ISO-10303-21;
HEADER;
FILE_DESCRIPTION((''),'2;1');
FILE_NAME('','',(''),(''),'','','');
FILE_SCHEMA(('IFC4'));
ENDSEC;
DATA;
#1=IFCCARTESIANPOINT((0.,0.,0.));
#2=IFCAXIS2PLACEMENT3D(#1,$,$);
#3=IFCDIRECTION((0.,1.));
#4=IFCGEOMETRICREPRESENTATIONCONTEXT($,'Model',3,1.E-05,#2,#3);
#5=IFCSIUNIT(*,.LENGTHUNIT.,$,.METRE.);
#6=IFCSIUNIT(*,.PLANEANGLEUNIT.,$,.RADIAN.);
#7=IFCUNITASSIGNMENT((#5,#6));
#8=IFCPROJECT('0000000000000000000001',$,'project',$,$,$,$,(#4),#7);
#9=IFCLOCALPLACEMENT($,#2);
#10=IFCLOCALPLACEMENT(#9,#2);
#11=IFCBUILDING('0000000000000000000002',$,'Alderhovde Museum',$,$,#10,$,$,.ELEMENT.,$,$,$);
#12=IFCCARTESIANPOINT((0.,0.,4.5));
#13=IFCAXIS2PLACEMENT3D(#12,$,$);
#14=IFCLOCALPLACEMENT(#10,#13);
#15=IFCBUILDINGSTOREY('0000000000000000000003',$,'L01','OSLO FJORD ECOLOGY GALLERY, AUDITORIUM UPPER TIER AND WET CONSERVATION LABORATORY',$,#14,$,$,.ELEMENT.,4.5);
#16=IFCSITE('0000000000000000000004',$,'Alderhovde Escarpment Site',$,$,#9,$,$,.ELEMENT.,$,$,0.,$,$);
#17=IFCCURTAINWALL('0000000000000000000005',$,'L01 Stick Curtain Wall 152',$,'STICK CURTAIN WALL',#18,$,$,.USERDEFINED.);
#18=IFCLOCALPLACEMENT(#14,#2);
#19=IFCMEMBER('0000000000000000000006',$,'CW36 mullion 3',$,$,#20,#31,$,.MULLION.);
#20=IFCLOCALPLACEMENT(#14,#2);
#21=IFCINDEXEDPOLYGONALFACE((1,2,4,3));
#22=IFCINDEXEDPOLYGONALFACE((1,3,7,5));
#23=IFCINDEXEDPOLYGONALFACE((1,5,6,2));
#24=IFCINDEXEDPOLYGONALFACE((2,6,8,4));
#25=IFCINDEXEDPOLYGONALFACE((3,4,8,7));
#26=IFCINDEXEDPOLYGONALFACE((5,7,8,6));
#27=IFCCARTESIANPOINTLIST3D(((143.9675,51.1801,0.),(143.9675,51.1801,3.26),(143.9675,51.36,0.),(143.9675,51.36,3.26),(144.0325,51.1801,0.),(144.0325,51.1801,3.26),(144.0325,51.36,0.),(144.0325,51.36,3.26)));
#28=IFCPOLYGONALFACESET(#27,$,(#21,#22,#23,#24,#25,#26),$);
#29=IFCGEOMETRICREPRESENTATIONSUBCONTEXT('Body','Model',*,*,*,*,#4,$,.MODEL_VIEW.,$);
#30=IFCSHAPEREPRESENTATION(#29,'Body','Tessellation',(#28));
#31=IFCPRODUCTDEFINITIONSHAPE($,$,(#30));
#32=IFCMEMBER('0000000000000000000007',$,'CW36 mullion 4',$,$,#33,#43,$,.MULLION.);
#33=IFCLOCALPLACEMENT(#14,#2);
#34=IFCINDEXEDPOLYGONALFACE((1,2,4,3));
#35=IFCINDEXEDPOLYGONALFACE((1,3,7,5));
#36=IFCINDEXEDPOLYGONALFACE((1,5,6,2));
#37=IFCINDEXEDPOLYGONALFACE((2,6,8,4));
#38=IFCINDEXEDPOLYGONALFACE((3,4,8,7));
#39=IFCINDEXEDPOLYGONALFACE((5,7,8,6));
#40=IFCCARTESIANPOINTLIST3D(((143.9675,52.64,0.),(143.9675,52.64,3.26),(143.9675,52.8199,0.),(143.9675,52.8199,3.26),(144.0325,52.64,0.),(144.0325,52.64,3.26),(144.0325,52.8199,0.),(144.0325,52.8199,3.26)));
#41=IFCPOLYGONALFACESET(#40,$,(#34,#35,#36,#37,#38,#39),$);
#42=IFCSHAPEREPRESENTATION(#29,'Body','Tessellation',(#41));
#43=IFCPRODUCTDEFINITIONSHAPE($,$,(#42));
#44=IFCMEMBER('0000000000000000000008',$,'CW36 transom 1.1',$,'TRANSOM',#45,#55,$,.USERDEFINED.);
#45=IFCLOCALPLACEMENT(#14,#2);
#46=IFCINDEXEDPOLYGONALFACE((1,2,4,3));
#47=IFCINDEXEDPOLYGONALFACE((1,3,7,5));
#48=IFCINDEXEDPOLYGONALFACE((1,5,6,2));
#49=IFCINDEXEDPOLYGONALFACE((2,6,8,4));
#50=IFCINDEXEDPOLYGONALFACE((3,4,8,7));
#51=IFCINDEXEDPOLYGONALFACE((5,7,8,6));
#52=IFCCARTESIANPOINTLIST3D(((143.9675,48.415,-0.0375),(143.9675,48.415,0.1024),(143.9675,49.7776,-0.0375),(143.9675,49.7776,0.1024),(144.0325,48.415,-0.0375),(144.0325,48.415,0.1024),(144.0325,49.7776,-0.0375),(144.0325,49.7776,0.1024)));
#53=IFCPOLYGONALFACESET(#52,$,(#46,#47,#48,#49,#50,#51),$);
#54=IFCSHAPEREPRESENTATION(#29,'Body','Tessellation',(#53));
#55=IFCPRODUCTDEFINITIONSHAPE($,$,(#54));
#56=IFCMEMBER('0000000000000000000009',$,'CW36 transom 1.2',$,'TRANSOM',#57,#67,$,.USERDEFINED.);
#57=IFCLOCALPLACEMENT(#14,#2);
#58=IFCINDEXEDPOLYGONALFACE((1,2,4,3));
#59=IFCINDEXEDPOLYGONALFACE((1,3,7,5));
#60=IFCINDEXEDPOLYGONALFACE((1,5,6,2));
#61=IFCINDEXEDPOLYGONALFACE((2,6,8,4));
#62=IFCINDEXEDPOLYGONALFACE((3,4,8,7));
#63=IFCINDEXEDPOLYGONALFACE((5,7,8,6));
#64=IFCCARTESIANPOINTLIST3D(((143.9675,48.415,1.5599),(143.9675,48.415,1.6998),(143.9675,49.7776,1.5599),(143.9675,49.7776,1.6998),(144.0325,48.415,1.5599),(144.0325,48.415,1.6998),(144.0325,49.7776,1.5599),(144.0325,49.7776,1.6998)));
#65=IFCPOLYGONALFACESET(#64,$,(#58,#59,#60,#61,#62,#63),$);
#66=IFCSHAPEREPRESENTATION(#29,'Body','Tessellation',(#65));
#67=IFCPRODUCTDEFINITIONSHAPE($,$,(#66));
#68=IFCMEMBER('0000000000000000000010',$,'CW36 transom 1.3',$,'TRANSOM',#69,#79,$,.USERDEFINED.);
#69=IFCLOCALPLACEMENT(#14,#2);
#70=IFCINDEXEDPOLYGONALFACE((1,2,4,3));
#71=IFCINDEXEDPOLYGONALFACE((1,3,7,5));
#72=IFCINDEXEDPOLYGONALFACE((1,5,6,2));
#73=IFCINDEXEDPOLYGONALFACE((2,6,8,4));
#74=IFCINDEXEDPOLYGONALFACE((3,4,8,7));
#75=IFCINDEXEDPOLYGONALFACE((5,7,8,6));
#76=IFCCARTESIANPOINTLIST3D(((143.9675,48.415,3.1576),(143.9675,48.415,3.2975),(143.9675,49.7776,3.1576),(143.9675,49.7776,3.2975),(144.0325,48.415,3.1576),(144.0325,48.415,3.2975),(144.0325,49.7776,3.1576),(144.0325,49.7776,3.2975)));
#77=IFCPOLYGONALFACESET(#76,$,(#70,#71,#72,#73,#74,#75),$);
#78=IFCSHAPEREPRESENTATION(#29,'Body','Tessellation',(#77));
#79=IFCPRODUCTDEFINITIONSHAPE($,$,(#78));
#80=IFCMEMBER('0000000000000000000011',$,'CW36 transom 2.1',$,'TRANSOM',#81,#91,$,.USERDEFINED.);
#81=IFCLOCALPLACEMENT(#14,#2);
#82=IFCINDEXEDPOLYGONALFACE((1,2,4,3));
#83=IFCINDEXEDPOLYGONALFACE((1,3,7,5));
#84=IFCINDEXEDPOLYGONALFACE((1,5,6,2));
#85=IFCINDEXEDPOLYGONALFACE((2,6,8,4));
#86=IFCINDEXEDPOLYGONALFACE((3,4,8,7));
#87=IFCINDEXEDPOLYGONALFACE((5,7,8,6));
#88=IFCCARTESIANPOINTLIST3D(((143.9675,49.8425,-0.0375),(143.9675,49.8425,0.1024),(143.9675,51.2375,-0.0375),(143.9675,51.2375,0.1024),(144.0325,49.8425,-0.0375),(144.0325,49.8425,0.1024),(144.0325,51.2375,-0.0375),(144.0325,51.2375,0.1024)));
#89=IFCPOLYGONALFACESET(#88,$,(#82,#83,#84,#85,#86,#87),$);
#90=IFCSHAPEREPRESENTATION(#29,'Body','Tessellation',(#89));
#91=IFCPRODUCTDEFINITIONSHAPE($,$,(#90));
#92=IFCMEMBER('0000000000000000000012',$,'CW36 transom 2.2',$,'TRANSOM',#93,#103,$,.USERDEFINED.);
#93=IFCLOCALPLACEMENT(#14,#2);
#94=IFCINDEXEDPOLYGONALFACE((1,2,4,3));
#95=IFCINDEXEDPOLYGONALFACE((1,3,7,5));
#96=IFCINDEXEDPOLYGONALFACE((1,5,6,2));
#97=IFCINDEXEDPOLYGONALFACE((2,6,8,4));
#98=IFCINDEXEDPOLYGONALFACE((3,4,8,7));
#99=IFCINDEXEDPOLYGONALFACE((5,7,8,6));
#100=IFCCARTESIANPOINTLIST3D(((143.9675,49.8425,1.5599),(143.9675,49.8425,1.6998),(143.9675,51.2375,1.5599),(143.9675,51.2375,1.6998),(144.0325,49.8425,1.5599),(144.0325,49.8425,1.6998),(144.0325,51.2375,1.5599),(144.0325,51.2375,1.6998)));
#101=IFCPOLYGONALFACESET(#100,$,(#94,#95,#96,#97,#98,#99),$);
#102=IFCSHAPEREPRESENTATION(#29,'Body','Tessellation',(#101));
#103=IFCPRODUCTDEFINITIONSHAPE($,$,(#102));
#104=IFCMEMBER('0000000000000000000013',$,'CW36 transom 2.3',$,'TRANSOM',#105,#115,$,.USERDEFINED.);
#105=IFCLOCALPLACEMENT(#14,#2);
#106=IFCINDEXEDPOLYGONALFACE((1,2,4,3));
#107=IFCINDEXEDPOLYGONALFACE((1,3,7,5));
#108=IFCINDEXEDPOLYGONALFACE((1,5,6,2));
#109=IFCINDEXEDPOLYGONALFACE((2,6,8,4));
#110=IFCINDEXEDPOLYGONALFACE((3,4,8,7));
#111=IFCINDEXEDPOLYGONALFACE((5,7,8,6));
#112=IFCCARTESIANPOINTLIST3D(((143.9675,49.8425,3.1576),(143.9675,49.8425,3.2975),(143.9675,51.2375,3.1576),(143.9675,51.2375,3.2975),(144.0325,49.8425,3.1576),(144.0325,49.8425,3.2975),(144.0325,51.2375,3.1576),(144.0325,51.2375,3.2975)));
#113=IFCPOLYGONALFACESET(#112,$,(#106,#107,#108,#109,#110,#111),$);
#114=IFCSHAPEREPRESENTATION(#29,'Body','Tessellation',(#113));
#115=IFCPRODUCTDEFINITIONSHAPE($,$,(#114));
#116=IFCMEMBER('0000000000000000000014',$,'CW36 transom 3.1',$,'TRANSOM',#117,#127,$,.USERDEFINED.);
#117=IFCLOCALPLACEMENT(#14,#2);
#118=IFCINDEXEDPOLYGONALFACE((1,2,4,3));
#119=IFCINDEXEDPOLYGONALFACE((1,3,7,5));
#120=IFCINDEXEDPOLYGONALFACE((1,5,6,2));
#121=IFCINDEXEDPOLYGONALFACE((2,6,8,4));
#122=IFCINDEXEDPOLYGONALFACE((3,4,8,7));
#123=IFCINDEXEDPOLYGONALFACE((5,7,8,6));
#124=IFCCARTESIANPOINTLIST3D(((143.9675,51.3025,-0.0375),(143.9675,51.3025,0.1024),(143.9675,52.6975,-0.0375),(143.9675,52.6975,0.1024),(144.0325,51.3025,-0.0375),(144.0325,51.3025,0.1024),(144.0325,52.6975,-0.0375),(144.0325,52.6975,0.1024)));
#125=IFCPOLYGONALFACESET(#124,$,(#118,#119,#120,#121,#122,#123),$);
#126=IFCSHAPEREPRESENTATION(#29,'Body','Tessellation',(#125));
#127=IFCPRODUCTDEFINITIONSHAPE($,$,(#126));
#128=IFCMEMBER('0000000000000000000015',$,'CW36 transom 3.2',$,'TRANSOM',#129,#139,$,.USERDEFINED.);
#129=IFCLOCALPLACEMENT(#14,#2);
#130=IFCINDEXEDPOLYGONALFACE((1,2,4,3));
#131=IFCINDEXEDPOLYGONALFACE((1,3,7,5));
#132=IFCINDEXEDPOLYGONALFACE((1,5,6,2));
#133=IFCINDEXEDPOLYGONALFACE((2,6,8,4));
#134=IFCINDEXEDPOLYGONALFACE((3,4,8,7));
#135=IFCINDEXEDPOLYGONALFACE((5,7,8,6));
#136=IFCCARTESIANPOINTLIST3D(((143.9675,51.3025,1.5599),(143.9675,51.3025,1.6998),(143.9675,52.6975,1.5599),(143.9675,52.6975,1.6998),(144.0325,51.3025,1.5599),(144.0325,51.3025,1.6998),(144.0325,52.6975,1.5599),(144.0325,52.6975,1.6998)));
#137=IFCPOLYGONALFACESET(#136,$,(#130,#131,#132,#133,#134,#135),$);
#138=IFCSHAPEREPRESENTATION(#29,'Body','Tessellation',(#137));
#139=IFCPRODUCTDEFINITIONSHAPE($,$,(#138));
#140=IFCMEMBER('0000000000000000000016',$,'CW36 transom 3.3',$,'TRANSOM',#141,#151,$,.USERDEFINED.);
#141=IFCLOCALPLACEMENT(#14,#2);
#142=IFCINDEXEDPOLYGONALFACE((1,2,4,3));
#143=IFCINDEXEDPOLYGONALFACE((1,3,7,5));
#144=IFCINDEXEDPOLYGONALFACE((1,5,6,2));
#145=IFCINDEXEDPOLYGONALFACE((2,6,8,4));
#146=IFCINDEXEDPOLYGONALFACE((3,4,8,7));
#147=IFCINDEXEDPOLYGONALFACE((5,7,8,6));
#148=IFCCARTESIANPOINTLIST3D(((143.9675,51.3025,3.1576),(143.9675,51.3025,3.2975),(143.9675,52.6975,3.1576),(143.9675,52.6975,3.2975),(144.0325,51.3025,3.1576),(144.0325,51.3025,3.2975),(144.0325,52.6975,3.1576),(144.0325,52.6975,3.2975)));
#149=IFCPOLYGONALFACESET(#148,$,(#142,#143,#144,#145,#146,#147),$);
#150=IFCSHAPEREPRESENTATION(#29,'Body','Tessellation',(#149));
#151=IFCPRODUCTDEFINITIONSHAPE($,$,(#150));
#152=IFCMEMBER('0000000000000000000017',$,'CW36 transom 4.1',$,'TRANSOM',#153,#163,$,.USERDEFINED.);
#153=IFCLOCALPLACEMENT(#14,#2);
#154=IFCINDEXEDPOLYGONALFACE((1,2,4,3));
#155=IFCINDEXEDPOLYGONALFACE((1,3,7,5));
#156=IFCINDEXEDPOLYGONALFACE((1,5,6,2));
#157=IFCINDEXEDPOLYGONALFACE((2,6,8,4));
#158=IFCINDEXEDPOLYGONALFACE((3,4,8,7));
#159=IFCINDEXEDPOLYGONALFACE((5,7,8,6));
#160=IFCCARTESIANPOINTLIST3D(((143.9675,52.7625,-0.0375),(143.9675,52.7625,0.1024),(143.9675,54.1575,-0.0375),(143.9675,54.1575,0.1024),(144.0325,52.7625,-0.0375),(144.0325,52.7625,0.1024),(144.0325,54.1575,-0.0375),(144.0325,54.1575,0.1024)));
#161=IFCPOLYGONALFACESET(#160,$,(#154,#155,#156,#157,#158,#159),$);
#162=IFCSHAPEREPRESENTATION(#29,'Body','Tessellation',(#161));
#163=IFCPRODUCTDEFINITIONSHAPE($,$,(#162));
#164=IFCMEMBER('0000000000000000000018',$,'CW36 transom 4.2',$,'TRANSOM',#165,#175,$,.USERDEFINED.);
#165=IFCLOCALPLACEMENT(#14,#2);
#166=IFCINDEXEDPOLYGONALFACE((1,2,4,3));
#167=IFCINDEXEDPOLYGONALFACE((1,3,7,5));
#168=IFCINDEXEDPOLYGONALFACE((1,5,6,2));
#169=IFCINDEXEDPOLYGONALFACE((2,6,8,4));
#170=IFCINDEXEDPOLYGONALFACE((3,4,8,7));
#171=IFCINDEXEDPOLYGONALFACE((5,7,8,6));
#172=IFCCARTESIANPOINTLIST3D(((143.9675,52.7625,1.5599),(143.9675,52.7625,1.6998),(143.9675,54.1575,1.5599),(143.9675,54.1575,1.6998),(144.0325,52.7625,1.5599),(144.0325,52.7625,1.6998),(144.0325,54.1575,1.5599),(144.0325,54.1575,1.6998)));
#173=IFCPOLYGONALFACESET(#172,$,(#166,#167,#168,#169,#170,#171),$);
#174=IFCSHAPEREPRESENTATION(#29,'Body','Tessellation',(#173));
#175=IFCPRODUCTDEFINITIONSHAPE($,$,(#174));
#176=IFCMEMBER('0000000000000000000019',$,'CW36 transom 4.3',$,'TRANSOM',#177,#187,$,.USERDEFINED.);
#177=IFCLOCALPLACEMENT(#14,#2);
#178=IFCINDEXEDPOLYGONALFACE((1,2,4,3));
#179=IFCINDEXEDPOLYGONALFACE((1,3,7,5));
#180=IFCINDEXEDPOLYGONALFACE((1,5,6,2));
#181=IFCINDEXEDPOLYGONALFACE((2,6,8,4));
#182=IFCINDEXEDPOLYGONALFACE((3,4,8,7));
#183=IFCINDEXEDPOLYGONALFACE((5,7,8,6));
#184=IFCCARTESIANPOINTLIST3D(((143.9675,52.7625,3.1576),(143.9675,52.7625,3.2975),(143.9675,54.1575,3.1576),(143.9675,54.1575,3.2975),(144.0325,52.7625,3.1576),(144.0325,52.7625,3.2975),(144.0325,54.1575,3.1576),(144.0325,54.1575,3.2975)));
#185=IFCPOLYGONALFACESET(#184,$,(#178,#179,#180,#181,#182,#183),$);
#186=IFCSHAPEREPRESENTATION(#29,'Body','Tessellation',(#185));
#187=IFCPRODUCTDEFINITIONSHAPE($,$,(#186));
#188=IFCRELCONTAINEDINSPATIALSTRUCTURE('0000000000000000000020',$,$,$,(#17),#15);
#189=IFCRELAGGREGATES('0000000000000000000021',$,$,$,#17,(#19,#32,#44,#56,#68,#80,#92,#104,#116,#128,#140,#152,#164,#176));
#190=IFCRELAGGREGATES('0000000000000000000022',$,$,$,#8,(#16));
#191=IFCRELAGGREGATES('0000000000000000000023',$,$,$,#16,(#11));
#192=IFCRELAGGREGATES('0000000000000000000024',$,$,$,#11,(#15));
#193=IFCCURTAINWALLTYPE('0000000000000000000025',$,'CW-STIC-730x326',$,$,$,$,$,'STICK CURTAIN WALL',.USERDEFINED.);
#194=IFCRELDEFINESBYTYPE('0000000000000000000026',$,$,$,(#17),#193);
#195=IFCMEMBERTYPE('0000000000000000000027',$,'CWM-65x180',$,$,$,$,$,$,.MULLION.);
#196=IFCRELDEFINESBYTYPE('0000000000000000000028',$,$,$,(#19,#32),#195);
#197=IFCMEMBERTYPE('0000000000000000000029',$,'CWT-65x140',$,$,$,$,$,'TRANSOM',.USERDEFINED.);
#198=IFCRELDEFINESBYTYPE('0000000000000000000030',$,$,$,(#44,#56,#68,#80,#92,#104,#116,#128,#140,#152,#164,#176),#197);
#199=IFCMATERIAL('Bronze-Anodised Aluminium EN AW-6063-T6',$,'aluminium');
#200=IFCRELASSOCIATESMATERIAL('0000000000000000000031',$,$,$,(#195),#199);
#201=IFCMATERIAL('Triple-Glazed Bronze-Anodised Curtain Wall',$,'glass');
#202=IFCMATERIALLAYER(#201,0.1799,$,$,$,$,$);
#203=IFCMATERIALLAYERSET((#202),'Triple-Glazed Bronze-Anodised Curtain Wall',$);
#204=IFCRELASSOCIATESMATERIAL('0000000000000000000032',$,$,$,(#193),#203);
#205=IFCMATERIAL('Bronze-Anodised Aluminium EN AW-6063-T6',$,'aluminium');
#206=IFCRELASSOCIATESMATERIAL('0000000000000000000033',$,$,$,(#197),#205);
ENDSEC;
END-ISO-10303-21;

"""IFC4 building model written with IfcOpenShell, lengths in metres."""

from ifc_helpers import new_model, si_unit, direction, frame, origin, origin_2d, place, context, subcontext, project, spatial, rectangle, extrude, material, layer, layer_set, material_profile, profile_set, type_object, element, aggregate, save


model = new_model("IFC4")

# Units and contexts
model_context = context("Model", 3, precision=1e-05, world=origin(), true_north=direction((0.0, 1.0)))
body_context = subcontext(model_context, "Body", "Model", "MODEL_VIEW")
ifc_project = project(units=[si_unit("LENGTHUNIT", "METRE"), si_unit("PLANEANGLEUNIT", "RADIAN")], contexts=[model_context])

# Site, building, storey
site_placement = place(None, origin())
site = spatial("IfcSite", under=ifc_project, at=site_placement, Name="Alderhovde Escarpment Site", CompositionType="ELEMENT", RefElevation=0.0)
building_placement = place(site_placement, origin())
building = spatial("IfcBuilding", under=site, at=building_placement, Name="Alderhovde Museum", CompositionType="ELEMENT")
storey_placement = place(building_placement, frame((0.0, 0.0, 4.5)))
storey = spatial("IfcBuildingStorey", under=building, at=storey_placement, Name="L01", Description="OSLO FJORD ECOLOGY GALLERY, AUDITORIUM UPPER TIER AND WET CONSERVATION LABORATORY", CompositionType="ELEMENT", Elevation=4.5)

# Shared definitions
ifc_material_1 = material(Name="Bronze-Anodised Aluminium EN AW-6063-T6", Category="aluminium")
ifc_material_profile_1 = material_profile(ifc_material_1, rectangle(XDim=0.0649, YDim=0.1799, at=origin_2d()), Name="MULLION 65x180")
ifc_profile_set_1 = profile_set([ifc_material_profile_1], Name="Bronze-Anodised Aluminium EN AW-6063-T6")
member_type_1 = type_object("IfcMemberType", Name="CWM-65x180", PredefinedType="MULLION", material=ifc_profile_set_1)

# Curtain wall, members
ifc_material_2 = material(Name="Triple-Glazed Bronze-Anodised Curtain Wall", Category="glass")
ifc_layer_1 = layer(ifc_material_2, 0.1799)
ifc_layer_set_1 = layer_set([ifc_layer_1], Name="Triple-Glazed Bronze-Anodised Curtain Wall")
curtain_wall_type_1 = type_object("IfcCurtainWallType", Name="CW-STIC-730x326", ElementType="STICK CURTAIN WALL", PredefinedType="USERDEFINED", material=ifc_layer_set_1)
curtain_wall_1_placement = place(storey_placement, origin())
curtain_wall_1 = element("IfcCurtainWall", 1, at=curtain_wall_1_placement, inside=storey, type_object=curtain_wall_type_1, Name="L01 Stick Curtain Wall 152", ObjectType="STICK CURTAIN WALL", PredefinedType="USERDEFINED")
member_1_placement = place(storey_placement, frame((144.0, 51.27, 0.0), z_axis=(0.0, 0.0, 1.0), x_axis=(-1.0, 0.0, 0.0)))
member_1 = element("IfcMember", 2, at=member_1_placement, type_object=member_type_1, Name="CW36 mullion 3", PredefinedType="MULLION", context=body_context, shape_type="SweptSolid", body=[
    extrude(rectangle(XDim=0.0649, YDim=0.1799, at=origin_2d()), origin(), (0.0, 0.0, 1.0), 3.26),
])
member_2_placement = place(storey_placement, frame((144.0, 52.73, 0.0), z_axis=(0.0, 0.0, 1.0), x_axis=(-1.0, 0.0, 0.0)))
member_2 = element("IfcMember", 3, at=member_2_placement, type_object=member_type_1, Name="CW36 mullion 4", PredefinedType="MULLION", context=body_context, shape_type="SweptSolid", body=[
    extrude(rectangle(XDim=0.0649, YDim=0.1799, at=origin_2d()), origin(), (0.0, 0.0, 1.0), 3.26),
])
ifc_material_3 = material(Name="Bronze-Anodised Aluminium EN AW-6063-T6", Category="aluminium")
ifc_material_profile_2 = material_profile(ifc_material_3, rectangle(XDim=0.0649, YDim=0.1399, at=origin_2d()), Name="TRANSOM 65x140")
ifc_profile_set_2 = profile_set([ifc_material_profile_2], Name="Bronze-Anodised Aluminium EN AW-6063-T6")
member_type_2 = type_object("IfcMemberType", Name="CWT-65x140", ElementType="TRANSOM", PredefinedType="USERDEFINED", material=ifc_profile_set_2)
member_3_placement = place(storey_placement, frame((144.0, 48.415, 0.0325), z_axis=(0.0, 1.0, 0.0), x_axis=(-1.0, 0.0, 0.0)))
member_3 = element("IfcMember", 4, at=member_3_placement, type_object=member_type_2, Name="CW36 transom 1.1", ObjectType="TRANSOM", PredefinedType="USERDEFINED", context=body_context, shape_type="SweptSolid", body=[
    extrude(rectangle(XDim=0.0649, YDim=0.1399, at=origin_2d()), origin(), (0.0, 0.0, 1.0), 1.3625),
])
member_4_placement = place(storey_placement, frame((144.0, 48.415, 1.6299), z_axis=(0.0, 1.0, 0.0), x_axis=(-1.0, 0.0, 0.0)))
member_4 = element("IfcMember", 5, at=member_4_placement, type_object=member_type_2, Name="CW36 transom 1.2", ObjectType="TRANSOM", PredefinedType="USERDEFINED", context=body_context, shape_type="SweptSolid", body=[
    extrude(rectangle(XDim=0.0649, YDim=0.1399, at=origin_2d()), origin(), (0.0, 0.0, 1.0), 1.3625),
])
member_5_placement = place(storey_placement, frame((144.0, 48.415, 3.2275), z_axis=(0.0, 1.0, 0.0), x_axis=(-1.0, 0.0, 0.0)))
member_5 = element("IfcMember", 6, at=member_5_placement, type_object=member_type_2, Name="CW36 transom 1.3", ObjectType="TRANSOM", PredefinedType="USERDEFINED", context=body_context, shape_type="SweptSolid", body=[
    extrude(rectangle(XDim=0.0649, YDim=0.1399, at=origin_2d()), origin(), (0.0, 0.0, 1.0), 1.3625),
])
member_6_placement = place(storey_placement, frame((144.0, 49.8425, 0.0325), z_axis=(0.0, 1.0, 0.0), x_axis=(-1.0, 0.0, 0.0)))
member_6 = element("IfcMember", 7, at=member_6_placement, type_object=member_type_2, Name="CW36 transom 2.1", ObjectType="TRANSOM", PredefinedType="USERDEFINED", context=body_context, shape_type="SweptSolid", body=[
    extrude(rectangle(XDim=0.0649, YDim=0.1399, at=origin_2d()), origin(), (0.0, 0.0, 1.0), 1.395),
])
member_7_placement = place(storey_placement, frame((144.0, 49.8425, 1.6299), z_axis=(0.0, 1.0, 0.0), x_axis=(-1.0, 0.0, 0.0)))
member_7 = element("IfcMember", 8, at=member_7_placement, type_object=member_type_2, Name="CW36 transom 2.2", ObjectType="TRANSOM", PredefinedType="USERDEFINED", context=body_context, shape_type="SweptSolid", body=[
    extrude(rectangle(XDim=0.0649, YDim=0.1399, at=origin_2d()), origin(), (0.0, 0.0, 1.0), 1.395),
])
member_8_placement = place(storey_placement, frame((144.0, 49.8425, 3.2275), z_axis=(0.0, 1.0, 0.0), x_axis=(-1.0, 0.0, 0.0)))
member_8 = element("IfcMember", 9, at=member_8_placement, type_object=member_type_2, Name="CW36 transom 2.3", ObjectType="TRANSOM", PredefinedType="USERDEFINED", context=body_context, shape_type="SweptSolid", body=[
    extrude(rectangle(XDim=0.0649, YDim=0.1399, at=origin_2d()), origin(), (0.0, 0.0, 1.0), 1.395),
])
member_9_placement = place(storey_placement, frame((144.0, 51.3025, 0.0325), z_axis=(0.0, 1.0, 0.0), x_axis=(-1.0, 0.0, 0.0)))
member_9 = element("IfcMember", 10, at=member_9_placement, type_object=member_type_2, Name="CW36 transom 3.1", ObjectType="TRANSOM", PredefinedType="USERDEFINED", context=body_context, shape_type="SweptSolid", body=[
    extrude(rectangle(XDim=0.0649, YDim=0.1399, at=origin_2d()), origin(), (0.0, 0.0, 1.0), 1.395),
])
member_10_placement = place(storey_placement, frame((144.0, 51.3025, 1.6299), z_axis=(0.0, 1.0, 0.0), x_axis=(-1.0, 0.0, 0.0)))
member_10 = element("IfcMember", 11, at=member_10_placement, type_object=member_type_2, Name="CW36 transom 3.2", ObjectType="TRANSOM", PredefinedType="USERDEFINED", context=body_context, shape_type="SweptSolid", body=[
    extrude(rectangle(XDim=0.0649, YDim=0.1399, at=origin_2d()), origin(), (0.0, 0.0, 1.0), 1.395),
])
member_11_placement = place(storey_placement, frame((144.0, 51.3025, 3.2275), z_axis=(0.0, 1.0, 0.0), x_axis=(-1.0, 0.0, 0.0)))
member_11 = element("IfcMember", 12, at=member_11_placement, type_object=member_type_2, Name="CW36 transom 3.3", ObjectType="TRANSOM", PredefinedType="USERDEFINED", context=body_context, shape_type="SweptSolid", body=[
    extrude(rectangle(XDim=0.0649, YDim=0.1399, at=origin_2d()), origin(), (0.0, 0.0, 1.0), 1.395),
])
member_12_placement = place(storey_placement, frame((144.0, 52.7625, 0.0325), z_axis=(0.0, 1.0, 0.0), x_axis=(-1.0, 0.0, 0.0)))
member_12 = element("IfcMember", 13, at=member_12_placement, type_object=member_type_2, Name="CW36 transom 4.1", ObjectType="TRANSOM", PredefinedType="USERDEFINED", context=body_context, shape_type="SweptSolid", body=[
    extrude(rectangle(XDim=0.0649, YDim=0.1399, at=origin_2d()), origin(), (0.0, 0.0, 1.0), 1.395),
])
member_13_placement = place(storey_placement, frame((144.0, 52.7625, 1.6299), z_axis=(0.0, 1.0, 0.0), x_axis=(-1.0, 0.0, 0.0)))
member_13 = element("IfcMember", 14, at=member_13_placement, type_object=member_type_2, Name="CW36 transom 4.2", ObjectType="TRANSOM", PredefinedType="USERDEFINED", context=body_context, shape_type="SweptSolid", body=[
    extrude(rectangle(XDim=0.0649, YDim=0.1399, at=origin_2d()), origin(), (0.0, 0.0, 1.0), 1.395),
])
member_14_placement = place(storey_placement, frame((144.0, 52.7625, 3.2275), z_axis=(0.0, 1.0, 0.0), x_axis=(-1.0, 0.0, 0.0)))
member_14 = element("IfcMember", 15, at=member_14_placement, type_object=member_type_2, Name="CW36 transom 4.3", ObjectType="TRANSOM", PredefinedType="USERDEFINED", context=body_context, shape_type="SweptSolid", body=[
    extrude(rectangle(XDim=0.0649, YDim=0.1399, at=origin_2d()), origin(), (0.0, 0.0, 1.0), 1.395),
])
aggregate(curtain_wall_1, [member_1, member_2, member_3, member_4, member_5, member_6, member_7, member_8, member_9, member_10, member_11, member_12, member_13, member_14])

save(model, "model.ifc")
